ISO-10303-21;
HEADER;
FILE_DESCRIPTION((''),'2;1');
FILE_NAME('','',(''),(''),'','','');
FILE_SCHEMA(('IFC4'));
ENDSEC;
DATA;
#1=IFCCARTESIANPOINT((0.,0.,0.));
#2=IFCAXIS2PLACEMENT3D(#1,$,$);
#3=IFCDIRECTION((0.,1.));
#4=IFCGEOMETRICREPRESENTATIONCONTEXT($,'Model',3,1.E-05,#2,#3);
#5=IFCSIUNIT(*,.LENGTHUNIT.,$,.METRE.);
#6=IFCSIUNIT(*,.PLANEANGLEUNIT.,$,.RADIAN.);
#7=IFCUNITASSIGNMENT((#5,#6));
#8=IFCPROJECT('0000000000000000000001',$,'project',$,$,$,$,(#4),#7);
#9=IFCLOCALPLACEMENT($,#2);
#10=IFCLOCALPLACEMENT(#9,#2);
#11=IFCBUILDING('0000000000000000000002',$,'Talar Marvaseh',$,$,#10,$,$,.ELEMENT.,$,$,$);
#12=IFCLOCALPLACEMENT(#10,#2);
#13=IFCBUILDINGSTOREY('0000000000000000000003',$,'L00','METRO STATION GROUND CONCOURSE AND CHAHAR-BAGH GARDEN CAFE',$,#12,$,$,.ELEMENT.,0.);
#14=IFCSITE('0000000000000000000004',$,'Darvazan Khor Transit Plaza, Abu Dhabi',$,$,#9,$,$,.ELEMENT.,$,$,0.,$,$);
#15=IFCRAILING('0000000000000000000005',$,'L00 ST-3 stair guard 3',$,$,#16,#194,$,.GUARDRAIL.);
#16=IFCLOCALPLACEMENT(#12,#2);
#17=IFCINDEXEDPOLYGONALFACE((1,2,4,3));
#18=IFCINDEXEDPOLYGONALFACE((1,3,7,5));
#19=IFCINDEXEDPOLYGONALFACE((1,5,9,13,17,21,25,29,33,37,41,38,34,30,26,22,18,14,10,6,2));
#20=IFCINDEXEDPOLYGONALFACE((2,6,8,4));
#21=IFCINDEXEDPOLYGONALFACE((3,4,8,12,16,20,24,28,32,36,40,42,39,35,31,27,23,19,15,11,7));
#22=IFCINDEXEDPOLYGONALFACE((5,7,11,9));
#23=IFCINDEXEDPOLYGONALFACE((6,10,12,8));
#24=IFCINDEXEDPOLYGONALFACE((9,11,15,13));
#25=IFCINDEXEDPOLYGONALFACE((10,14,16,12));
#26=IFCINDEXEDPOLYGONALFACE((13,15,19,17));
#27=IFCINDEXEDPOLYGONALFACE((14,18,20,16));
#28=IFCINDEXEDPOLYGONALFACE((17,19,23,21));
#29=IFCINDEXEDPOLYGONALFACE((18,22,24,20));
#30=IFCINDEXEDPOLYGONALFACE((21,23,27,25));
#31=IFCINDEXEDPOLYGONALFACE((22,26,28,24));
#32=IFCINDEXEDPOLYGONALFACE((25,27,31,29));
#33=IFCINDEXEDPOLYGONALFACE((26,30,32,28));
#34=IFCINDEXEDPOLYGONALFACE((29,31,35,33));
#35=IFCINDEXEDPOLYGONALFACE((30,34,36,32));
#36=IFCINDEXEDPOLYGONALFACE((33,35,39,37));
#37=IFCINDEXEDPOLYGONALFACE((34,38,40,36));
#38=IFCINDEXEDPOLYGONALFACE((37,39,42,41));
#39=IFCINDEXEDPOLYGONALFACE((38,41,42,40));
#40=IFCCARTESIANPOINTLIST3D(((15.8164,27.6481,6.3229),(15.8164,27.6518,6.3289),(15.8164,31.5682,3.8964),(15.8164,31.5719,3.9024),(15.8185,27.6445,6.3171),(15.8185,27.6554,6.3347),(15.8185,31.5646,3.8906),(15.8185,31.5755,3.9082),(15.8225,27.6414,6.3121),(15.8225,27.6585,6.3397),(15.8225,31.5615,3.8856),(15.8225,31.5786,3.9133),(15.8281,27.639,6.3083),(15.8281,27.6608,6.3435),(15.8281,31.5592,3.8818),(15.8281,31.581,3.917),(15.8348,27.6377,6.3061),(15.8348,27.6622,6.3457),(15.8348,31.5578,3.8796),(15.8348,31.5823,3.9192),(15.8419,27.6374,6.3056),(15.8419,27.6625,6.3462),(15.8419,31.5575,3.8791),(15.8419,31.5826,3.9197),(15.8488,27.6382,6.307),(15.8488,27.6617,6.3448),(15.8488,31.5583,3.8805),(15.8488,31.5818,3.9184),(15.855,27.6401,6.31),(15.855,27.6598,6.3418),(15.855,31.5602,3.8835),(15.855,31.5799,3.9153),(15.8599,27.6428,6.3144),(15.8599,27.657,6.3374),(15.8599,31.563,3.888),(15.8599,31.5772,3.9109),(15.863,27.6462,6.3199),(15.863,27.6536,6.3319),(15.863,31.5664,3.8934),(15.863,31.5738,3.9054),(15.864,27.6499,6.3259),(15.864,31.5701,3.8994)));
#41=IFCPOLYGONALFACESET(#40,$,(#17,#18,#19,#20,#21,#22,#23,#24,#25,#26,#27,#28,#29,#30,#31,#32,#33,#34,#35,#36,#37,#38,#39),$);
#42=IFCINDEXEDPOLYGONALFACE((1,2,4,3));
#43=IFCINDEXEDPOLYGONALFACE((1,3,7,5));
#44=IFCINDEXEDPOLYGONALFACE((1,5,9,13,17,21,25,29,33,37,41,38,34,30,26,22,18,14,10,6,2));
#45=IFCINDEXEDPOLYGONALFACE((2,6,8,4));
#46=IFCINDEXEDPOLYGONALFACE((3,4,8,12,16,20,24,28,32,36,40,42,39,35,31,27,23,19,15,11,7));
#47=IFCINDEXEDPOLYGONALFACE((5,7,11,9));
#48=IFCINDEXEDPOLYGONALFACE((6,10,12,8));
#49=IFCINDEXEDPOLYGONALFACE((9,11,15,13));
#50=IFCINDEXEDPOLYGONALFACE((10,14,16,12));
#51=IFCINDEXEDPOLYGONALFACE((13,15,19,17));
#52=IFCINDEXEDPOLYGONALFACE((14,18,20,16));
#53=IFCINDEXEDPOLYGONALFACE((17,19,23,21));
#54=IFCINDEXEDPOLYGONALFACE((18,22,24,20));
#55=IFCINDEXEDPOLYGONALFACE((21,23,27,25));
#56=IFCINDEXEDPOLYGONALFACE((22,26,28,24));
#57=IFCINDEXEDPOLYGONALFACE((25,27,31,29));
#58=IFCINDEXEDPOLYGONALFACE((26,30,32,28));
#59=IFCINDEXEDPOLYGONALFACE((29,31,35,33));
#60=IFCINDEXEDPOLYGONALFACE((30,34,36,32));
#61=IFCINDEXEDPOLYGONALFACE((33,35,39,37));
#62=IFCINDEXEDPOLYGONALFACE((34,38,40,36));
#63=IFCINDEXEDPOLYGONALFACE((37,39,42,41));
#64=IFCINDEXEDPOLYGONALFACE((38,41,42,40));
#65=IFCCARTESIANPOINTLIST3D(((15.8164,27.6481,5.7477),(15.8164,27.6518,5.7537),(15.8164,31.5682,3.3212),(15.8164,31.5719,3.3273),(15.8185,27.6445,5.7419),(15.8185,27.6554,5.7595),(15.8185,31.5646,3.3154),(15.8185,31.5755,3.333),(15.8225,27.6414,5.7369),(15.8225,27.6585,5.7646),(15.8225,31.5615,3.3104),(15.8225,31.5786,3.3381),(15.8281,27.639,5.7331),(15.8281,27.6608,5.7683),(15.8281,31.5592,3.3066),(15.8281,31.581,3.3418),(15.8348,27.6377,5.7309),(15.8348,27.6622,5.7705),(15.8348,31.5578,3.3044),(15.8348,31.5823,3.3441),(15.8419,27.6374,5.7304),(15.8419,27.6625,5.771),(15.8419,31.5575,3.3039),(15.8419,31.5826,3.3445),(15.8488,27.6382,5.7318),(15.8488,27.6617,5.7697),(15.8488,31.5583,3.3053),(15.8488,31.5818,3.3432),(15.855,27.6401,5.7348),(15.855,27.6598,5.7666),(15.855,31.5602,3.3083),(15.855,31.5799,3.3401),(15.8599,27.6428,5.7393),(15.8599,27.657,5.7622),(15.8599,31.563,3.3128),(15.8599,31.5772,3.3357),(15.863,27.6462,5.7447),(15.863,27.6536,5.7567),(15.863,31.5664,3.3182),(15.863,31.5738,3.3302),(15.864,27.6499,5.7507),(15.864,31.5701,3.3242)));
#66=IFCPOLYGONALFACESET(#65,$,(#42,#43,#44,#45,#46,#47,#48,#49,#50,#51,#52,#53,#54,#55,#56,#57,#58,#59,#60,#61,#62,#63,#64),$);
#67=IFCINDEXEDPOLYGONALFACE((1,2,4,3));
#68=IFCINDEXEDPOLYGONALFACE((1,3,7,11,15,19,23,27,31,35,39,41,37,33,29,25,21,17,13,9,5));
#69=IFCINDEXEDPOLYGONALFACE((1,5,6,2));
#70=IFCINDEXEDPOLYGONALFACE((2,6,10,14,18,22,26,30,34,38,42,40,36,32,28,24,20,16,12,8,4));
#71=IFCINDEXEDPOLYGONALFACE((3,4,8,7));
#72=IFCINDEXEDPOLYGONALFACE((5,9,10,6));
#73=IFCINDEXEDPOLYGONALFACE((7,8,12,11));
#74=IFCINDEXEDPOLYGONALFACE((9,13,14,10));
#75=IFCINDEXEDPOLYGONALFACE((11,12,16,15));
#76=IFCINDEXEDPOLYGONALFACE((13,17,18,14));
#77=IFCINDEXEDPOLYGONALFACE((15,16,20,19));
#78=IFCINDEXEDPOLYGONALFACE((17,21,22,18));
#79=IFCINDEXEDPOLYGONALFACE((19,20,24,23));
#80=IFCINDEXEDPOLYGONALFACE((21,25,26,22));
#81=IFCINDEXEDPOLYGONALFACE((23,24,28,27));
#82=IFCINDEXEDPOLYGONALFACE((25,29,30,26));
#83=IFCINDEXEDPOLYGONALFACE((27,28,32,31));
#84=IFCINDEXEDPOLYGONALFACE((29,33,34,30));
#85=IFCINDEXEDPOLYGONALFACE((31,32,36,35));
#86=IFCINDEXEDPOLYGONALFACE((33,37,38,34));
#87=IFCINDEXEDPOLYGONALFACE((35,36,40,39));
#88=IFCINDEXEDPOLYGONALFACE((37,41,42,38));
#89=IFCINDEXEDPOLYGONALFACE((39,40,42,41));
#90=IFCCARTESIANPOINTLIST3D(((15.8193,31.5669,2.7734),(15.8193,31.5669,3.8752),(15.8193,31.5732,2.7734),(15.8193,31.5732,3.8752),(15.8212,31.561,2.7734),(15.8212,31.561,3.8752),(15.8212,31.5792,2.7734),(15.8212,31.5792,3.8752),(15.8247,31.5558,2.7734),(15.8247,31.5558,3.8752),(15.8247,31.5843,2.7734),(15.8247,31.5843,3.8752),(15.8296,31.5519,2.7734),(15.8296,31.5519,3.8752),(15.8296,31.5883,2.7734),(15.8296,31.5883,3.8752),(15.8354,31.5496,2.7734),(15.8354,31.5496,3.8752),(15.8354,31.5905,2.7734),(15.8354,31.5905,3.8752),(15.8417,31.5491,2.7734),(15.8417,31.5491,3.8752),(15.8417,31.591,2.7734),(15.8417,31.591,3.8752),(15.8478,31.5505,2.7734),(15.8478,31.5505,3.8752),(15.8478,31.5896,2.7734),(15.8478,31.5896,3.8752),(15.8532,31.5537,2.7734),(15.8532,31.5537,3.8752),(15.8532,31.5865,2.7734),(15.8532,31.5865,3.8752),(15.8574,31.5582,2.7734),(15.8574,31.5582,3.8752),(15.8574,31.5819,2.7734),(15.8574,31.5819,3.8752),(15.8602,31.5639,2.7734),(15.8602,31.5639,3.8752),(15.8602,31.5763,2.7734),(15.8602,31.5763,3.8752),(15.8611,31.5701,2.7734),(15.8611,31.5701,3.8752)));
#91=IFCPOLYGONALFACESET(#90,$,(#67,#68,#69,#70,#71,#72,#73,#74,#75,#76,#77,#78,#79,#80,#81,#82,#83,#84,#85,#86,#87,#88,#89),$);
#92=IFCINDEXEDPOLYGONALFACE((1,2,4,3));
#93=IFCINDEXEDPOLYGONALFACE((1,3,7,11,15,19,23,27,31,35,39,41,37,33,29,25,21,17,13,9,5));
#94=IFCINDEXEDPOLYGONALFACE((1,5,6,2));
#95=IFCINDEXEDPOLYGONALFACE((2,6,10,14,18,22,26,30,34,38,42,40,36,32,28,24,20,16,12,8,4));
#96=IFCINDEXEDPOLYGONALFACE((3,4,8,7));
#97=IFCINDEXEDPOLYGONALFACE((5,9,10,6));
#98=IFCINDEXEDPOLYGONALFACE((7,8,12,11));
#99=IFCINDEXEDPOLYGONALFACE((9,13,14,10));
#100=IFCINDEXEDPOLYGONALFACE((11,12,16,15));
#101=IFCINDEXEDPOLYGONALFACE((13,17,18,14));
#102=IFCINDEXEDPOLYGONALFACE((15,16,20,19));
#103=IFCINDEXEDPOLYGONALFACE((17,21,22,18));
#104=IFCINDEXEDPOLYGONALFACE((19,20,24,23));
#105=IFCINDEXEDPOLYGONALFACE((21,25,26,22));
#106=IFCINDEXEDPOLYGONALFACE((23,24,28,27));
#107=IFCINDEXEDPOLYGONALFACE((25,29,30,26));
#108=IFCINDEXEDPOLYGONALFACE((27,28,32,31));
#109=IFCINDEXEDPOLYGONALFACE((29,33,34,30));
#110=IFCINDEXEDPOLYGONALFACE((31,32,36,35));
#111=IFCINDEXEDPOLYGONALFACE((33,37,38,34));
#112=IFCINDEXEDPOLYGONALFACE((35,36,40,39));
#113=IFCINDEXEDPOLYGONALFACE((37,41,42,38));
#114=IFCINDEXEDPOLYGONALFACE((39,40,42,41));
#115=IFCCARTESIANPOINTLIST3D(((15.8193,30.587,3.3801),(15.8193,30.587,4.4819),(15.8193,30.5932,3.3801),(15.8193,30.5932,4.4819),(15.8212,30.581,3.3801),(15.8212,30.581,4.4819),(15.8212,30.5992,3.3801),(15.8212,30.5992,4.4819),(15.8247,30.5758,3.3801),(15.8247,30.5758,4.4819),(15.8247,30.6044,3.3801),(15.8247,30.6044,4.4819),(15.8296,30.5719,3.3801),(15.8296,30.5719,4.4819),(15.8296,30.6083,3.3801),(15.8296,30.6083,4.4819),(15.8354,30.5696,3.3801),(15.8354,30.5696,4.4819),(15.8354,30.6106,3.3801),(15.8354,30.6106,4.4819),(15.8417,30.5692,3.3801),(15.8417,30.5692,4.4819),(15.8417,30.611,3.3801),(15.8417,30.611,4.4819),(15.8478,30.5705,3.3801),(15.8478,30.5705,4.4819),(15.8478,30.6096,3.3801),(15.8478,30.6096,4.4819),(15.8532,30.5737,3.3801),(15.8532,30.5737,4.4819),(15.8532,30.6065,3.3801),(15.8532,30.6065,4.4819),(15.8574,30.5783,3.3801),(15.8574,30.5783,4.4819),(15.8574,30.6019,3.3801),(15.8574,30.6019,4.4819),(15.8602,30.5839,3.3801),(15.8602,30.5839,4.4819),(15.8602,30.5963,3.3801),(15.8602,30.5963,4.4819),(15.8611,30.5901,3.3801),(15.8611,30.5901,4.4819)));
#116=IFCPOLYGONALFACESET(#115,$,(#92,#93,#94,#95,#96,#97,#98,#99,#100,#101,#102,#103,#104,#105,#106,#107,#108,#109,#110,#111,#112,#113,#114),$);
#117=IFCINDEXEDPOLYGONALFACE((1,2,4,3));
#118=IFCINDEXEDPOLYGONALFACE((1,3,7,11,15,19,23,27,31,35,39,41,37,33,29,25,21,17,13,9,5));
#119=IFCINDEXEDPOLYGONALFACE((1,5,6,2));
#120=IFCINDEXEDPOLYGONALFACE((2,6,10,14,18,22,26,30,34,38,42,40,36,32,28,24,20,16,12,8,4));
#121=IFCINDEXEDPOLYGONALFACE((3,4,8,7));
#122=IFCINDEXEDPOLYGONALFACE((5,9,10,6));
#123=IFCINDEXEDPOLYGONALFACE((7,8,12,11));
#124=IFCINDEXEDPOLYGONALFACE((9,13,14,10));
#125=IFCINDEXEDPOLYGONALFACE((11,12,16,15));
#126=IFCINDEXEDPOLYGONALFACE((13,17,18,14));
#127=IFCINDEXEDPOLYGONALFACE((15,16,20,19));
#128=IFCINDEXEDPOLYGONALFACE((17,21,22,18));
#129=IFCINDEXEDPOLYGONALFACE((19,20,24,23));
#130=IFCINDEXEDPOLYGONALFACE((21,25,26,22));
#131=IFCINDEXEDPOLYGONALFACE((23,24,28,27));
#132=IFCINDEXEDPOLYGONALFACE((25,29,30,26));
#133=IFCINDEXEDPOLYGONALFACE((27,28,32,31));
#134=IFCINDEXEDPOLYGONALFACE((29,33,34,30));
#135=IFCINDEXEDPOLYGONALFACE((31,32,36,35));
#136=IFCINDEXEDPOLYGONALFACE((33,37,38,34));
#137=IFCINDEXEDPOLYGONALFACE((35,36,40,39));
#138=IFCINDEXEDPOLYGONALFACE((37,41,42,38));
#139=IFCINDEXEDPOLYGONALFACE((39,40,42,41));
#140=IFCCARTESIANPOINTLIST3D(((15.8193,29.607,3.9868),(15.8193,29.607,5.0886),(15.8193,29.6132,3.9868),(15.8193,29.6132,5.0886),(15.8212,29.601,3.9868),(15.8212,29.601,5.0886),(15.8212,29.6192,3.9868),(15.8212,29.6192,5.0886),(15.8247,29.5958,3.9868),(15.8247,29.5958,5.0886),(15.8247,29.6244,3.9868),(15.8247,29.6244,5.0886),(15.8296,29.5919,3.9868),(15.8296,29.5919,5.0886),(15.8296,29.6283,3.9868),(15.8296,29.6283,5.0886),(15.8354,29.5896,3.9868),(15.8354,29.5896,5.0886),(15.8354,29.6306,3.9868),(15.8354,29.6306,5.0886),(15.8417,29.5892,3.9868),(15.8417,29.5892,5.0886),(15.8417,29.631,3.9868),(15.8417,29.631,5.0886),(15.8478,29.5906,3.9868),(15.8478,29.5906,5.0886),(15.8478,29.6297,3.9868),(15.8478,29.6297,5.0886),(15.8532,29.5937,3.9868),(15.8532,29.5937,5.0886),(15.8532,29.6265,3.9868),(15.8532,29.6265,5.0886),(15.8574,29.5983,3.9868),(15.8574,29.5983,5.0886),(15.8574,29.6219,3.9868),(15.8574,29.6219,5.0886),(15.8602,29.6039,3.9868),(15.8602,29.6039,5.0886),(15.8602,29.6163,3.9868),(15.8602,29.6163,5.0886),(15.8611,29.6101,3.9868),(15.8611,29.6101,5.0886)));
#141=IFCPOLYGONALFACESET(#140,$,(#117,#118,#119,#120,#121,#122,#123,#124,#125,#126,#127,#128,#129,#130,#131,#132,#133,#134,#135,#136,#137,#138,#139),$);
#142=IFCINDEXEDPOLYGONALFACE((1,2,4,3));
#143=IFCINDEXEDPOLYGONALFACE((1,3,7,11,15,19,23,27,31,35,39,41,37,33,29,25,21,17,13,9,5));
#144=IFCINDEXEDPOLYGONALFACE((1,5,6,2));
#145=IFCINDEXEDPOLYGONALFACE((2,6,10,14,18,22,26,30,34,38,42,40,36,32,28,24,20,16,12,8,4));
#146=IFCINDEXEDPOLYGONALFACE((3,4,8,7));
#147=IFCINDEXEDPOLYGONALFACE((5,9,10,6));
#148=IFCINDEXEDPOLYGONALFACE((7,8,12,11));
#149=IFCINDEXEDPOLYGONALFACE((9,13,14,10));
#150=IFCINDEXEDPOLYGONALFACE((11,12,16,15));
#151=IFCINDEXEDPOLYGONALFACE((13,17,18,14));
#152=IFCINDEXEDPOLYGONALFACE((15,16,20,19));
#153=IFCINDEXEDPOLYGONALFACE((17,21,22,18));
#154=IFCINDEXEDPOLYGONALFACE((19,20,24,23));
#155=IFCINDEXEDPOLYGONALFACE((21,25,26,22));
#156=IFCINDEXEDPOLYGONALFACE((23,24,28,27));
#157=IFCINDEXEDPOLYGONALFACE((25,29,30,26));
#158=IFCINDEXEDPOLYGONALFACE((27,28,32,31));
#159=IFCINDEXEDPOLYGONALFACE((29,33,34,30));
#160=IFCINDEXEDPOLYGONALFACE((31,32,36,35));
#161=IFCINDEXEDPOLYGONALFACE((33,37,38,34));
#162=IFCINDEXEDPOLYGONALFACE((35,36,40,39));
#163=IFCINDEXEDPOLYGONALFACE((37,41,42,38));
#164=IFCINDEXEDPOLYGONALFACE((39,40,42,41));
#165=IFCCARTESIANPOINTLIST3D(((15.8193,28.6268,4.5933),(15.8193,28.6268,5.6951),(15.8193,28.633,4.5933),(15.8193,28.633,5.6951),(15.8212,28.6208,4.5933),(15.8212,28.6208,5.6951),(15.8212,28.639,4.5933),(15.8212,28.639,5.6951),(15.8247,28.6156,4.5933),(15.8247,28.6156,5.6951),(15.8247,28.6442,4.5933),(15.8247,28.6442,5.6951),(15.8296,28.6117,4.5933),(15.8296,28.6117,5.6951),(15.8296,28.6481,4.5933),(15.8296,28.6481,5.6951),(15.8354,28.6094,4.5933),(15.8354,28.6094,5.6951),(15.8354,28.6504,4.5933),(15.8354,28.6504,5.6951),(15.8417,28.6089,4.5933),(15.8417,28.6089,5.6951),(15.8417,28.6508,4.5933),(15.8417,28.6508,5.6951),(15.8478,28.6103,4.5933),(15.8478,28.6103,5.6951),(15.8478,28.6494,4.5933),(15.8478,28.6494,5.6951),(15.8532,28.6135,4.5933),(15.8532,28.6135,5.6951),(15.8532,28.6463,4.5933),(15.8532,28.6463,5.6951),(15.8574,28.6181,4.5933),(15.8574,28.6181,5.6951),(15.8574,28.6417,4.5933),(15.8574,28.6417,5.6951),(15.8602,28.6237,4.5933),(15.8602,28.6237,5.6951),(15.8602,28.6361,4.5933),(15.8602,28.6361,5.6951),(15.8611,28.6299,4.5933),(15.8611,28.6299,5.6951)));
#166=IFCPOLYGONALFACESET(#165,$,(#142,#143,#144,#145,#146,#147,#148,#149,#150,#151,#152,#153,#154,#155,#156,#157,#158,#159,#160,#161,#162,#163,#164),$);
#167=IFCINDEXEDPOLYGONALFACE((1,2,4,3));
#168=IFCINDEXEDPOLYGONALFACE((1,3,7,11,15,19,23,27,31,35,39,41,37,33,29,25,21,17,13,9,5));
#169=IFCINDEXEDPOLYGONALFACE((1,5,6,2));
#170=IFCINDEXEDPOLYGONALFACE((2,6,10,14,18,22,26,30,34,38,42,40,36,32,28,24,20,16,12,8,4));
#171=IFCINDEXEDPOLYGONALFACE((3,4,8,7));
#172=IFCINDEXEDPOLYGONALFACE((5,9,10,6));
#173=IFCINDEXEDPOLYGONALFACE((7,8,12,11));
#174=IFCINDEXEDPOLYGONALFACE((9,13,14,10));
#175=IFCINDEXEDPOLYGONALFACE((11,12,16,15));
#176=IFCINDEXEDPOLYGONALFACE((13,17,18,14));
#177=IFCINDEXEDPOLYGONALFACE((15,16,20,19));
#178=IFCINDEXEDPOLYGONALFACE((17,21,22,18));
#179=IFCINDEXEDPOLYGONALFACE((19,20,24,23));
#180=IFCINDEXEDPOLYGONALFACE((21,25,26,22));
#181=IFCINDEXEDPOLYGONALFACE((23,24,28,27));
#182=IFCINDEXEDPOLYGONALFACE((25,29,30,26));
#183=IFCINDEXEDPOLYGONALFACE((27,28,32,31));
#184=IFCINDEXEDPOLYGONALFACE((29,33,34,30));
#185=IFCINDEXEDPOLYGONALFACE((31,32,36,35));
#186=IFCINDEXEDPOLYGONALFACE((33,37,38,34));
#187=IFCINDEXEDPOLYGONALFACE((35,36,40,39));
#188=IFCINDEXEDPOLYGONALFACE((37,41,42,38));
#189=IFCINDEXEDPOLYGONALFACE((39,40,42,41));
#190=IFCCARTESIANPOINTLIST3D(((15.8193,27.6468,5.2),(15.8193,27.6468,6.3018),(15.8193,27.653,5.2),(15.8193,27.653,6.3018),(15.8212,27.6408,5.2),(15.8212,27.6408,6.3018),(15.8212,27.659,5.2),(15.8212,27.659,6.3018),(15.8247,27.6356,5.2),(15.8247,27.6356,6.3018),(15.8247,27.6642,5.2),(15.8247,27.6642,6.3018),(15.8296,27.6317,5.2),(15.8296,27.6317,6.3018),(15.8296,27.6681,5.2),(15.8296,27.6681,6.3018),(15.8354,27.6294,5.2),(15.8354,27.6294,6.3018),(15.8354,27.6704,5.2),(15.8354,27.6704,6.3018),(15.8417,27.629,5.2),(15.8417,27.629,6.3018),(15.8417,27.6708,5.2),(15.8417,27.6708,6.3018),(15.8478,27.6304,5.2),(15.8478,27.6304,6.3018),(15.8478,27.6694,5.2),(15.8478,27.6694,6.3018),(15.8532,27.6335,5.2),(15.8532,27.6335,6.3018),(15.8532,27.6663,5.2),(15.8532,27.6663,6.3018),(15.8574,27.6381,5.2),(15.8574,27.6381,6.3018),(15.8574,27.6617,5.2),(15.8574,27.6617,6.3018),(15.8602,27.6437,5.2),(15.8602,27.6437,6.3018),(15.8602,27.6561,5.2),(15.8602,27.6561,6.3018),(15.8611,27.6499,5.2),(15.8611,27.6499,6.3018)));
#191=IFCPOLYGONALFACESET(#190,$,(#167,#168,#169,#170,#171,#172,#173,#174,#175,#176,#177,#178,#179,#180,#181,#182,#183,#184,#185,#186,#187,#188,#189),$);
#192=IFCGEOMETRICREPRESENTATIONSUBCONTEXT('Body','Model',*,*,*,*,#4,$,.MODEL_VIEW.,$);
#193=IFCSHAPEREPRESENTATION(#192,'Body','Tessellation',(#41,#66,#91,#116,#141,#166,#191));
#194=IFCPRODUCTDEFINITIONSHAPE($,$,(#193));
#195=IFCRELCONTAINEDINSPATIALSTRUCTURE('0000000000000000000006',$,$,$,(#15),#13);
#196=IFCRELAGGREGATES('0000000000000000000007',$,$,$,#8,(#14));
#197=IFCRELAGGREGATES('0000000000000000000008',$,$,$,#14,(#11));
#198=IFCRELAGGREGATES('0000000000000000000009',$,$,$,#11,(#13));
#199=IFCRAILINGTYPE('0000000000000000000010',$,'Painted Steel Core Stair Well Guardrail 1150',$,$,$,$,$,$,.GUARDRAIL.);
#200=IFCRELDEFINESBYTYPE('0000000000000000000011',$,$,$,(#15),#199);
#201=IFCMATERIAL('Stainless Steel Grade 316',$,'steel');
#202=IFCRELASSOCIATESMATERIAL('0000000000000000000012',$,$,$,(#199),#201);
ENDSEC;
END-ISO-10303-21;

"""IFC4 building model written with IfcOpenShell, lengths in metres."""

from ifc_helpers import new_model, si_unit, direction, frame, origin, origin_2d, place, context, subcontext, project, spatial, circle, extrude, material, type_object, element, save


model = new_model("IFC4")

# Units and contexts
model_context = context("Model", 3, precision=1e-05, world=origin(), true_north=direction((0.0, 1.0)))
body_context = subcontext(model_context, "Body", "Model", "MODEL_VIEW")
ifc_project = project(units=[si_unit("LENGTHUNIT", "METRE"), si_unit("PLANEANGLEUNIT", "RADIAN")], contexts=[model_context])

# Site, building, storey
site_placement = place(None, origin())
site = spatial("IfcSite", under=ifc_project, at=site_placement, Name="Darvazan Khor Transit Plaza, Abu Dhabi", CompositionType="ELEMENT", RefElevation=0.0)
building_placement = place(site_placement, origin())
building = spatial("IfcBuilding", under=site, at=building_placement, Name="Talar Marvaseh", CompositionType="ELEMENT")
storey_placement = place(building_placement, origin())
storey = spatial("IfcBuildingStorey", under=building, at=storey_placement, Name="L00", Description="METRO STATION GROUND CONCOURSE AND CHAHAR-BAGH GARDEN CAFE", CompositionType="ELEMENT", Elevation=0.0)

# Shared definitions
ifc_material_1 = material(Name="Stainless Steel Grade 316", Category="steel")

# Railing
railing_type_1 = type_object("IfcRailingType", Name="Painted Steel Core Stair Well Guardrail 1150", PredefinedType="GUARDRAIL", material=ifc_material_1)
railing_1_placement = place(storey_placement, frame((15.8401, 31.5701, 2.7734)))
element("IfcRailing", 1, at=railing_1_placement, inside=storey, type_object=railing_type_1, Name="L00 ST-3 stair guard 3", PredefinedType="GUARDRAIL", context=body_context, shape_type="SweptSolid", body=[
    extrude(circle(Radius=0.0239, at=origin_2d()), frame((0.0, 0.0, 1.126), z_axis=(0.0, -0.85029, 0.526315), x_axis=(1.0, 0.0, 0.0)), (0.0, 0.0, 1.0), 4.6104),
    extrude(circle(Radius=0.0239, at=origin_2d()), frame((0.0, 0.0, 0.5508), z_axis=(0.0, -0.85029, 0.526315), x_axis=(1.0, 0.0, 0.0)), (0.0, 0.0, 1.0), 4.6104),
    extrude(circle(Radius=0.021, at=origin_2d()), origin(), (0.0, 0.0, 1.0), 1.1018),
    extrude(circle(Radius=0.021, at=origin_2d()), frame((0.0, -0.98, 0.6067)), (0.0, 0.0, 1.0), 1.1018),
    extrude(circle(Radius=0.021, at=origin_2d()), frame((0.0, -1.96, 1.2134)), (0.0, 0.0, 1.0), 1.1018),
    extrude(circle(Radius=0.021, at=origin_2d()), frame((0.0, -2.9402, 1.8198)), (0.0, 0.0, 1.0), 1.1018),
    extrude(circle(Radius=0.021, at=origin_2d()), frame((0.0, -3.9202, 2.4265)), (0.0, 0.0, 1.0), 1.1018),
])

save(model, "model.ifc")
